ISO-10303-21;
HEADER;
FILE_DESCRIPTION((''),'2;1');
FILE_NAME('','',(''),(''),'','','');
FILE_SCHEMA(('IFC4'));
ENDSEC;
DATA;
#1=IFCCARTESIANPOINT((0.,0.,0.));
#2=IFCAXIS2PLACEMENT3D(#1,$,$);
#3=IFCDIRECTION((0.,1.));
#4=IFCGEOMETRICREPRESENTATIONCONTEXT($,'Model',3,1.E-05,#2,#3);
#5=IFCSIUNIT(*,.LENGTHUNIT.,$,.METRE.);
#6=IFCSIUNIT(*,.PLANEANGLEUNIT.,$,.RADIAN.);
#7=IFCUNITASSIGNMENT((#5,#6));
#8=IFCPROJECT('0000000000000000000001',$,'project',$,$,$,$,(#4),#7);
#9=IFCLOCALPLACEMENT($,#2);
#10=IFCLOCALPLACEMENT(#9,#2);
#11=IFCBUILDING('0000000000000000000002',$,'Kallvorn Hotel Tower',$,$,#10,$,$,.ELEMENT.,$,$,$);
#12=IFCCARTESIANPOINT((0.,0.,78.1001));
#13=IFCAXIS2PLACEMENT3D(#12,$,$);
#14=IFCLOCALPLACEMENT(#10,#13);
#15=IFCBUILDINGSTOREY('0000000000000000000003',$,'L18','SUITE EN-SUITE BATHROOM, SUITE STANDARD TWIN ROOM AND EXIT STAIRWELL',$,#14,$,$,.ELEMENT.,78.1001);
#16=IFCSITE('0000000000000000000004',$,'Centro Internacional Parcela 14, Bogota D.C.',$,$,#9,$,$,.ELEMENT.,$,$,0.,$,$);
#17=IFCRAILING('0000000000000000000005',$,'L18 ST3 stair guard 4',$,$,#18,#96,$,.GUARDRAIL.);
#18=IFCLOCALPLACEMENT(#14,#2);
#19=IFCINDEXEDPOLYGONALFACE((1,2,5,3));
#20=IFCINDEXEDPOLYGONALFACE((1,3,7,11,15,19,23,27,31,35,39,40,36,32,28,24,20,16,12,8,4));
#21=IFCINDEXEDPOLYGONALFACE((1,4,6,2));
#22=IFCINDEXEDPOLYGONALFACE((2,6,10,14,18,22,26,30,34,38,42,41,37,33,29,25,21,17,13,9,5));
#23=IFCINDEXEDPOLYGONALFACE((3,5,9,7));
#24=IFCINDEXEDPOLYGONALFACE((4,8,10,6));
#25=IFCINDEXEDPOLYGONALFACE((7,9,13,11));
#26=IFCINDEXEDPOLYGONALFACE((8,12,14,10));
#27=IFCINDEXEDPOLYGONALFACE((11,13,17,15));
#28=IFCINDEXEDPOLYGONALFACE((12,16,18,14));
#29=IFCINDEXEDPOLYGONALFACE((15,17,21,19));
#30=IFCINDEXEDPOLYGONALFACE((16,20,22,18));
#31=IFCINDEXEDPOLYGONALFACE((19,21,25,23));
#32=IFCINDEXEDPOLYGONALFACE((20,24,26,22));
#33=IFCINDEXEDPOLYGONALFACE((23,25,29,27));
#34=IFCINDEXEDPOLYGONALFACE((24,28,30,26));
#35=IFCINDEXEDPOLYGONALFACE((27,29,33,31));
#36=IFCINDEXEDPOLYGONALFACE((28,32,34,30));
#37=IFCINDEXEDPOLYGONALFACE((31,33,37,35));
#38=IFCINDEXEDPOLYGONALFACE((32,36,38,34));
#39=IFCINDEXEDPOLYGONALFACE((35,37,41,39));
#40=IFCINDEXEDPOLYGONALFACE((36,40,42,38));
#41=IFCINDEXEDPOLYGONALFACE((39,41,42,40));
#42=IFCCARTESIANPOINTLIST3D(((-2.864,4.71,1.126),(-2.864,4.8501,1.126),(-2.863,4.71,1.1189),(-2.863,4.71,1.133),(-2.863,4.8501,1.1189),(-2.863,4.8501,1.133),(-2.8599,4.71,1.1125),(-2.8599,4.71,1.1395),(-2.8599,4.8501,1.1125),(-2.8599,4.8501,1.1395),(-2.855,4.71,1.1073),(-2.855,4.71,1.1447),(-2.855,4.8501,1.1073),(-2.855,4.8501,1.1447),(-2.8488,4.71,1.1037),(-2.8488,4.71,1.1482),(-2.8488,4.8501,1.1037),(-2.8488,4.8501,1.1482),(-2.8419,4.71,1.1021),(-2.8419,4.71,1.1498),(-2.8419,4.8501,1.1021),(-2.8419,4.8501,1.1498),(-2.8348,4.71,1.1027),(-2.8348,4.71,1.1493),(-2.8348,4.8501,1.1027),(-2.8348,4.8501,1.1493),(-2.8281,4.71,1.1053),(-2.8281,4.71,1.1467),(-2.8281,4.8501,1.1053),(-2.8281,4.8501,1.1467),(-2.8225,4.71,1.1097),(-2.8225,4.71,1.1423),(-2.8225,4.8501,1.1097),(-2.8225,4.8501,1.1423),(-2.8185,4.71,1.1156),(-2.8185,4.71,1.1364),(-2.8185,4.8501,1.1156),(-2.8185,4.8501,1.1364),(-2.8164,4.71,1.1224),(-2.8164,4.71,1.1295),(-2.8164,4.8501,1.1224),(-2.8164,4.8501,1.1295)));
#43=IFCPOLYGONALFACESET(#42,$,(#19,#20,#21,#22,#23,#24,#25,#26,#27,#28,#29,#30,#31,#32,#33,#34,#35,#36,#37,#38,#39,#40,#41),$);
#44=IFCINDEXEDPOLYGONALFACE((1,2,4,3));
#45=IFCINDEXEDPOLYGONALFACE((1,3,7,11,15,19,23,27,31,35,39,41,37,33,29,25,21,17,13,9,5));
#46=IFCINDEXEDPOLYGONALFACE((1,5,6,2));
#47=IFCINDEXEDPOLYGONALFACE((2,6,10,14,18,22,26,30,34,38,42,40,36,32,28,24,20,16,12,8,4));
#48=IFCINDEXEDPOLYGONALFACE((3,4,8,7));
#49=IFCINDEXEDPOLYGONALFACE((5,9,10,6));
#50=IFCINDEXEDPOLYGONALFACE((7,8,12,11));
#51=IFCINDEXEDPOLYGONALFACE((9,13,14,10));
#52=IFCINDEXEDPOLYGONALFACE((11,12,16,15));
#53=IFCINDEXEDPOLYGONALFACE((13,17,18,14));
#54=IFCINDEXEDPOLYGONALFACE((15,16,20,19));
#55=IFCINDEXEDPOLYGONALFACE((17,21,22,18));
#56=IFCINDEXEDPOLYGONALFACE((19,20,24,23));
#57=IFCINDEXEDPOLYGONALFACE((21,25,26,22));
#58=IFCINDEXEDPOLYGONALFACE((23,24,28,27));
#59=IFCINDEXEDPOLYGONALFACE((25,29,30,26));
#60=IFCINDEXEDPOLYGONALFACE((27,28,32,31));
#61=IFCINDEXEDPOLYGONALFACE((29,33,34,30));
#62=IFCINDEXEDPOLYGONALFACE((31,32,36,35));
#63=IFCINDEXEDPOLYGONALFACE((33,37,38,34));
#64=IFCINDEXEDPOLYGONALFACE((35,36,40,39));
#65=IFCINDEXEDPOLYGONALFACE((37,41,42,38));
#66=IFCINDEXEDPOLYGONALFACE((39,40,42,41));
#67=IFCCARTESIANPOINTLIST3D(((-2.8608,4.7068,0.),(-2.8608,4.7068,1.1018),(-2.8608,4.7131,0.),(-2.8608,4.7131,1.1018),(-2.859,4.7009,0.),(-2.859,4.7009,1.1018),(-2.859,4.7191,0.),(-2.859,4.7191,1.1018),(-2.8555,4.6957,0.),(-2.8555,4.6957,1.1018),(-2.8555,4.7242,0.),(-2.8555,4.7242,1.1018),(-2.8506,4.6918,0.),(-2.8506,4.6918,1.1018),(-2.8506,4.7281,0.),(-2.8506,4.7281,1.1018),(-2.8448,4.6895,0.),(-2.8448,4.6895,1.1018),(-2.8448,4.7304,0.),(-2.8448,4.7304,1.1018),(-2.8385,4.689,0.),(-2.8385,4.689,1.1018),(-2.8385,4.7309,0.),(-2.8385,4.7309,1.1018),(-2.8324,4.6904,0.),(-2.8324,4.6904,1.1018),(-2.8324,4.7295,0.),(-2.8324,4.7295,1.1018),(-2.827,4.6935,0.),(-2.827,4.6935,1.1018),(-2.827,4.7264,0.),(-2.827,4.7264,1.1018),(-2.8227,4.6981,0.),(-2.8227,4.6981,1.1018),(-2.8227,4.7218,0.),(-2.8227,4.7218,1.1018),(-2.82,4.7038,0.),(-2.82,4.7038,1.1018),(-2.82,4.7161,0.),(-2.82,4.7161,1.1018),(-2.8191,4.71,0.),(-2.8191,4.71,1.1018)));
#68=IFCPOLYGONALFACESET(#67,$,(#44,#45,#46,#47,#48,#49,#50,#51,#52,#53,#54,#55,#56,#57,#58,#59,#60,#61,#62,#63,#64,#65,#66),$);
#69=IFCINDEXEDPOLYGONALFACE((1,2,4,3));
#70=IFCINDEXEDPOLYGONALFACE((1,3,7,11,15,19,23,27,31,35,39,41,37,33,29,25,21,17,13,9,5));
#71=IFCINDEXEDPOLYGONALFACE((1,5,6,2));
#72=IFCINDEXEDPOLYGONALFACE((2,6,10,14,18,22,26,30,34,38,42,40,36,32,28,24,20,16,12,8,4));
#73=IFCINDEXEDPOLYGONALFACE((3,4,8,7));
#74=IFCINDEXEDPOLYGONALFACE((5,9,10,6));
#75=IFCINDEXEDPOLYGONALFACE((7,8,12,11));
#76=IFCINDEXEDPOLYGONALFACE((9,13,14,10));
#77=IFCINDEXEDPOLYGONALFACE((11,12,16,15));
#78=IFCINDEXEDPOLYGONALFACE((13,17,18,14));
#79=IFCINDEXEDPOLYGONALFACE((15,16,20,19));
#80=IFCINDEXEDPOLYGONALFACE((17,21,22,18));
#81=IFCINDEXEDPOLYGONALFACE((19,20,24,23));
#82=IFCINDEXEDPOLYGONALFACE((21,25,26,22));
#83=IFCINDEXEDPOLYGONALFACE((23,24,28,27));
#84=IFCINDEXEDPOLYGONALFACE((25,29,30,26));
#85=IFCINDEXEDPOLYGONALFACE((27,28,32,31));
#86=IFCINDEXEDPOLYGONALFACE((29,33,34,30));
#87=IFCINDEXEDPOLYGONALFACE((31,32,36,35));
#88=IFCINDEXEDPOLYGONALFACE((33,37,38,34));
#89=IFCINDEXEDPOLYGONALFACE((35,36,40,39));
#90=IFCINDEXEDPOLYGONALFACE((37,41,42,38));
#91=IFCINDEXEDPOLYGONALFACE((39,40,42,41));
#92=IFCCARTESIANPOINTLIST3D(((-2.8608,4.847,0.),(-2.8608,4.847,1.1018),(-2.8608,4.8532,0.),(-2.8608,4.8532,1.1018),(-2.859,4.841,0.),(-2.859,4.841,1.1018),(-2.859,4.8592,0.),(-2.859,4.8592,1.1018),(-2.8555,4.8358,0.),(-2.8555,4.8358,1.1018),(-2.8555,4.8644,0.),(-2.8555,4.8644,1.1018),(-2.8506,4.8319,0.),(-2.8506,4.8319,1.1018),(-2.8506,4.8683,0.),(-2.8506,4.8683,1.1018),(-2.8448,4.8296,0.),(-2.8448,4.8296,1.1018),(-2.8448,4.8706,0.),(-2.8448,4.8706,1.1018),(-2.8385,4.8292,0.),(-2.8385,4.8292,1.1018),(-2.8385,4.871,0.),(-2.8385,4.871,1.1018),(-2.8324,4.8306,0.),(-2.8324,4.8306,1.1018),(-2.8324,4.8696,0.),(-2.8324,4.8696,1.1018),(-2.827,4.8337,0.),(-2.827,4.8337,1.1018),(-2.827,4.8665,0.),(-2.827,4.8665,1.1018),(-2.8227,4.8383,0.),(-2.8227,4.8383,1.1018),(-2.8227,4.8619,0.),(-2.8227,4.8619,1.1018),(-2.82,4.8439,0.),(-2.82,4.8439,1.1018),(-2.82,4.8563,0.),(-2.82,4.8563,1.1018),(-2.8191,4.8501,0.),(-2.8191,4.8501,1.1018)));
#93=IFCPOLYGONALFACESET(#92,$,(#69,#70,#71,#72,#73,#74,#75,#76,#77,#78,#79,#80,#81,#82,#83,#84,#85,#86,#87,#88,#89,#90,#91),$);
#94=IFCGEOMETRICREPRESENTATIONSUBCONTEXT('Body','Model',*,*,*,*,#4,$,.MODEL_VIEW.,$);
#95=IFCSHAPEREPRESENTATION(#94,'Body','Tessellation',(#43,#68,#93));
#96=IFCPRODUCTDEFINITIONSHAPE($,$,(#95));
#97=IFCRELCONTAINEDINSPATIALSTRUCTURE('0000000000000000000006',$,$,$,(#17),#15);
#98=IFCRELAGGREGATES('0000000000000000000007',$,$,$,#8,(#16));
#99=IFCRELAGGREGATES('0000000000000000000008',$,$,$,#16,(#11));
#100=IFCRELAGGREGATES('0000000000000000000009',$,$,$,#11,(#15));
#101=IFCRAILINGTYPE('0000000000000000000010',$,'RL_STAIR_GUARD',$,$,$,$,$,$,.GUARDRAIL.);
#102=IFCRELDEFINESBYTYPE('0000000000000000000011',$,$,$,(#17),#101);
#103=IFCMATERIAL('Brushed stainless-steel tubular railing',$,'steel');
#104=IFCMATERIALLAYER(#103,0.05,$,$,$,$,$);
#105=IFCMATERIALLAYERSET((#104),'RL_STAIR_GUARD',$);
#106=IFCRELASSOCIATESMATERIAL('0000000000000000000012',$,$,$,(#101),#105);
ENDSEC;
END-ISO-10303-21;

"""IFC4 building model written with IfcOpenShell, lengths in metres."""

from ifc_helpers import new_model, si_unit, direction, frame, origin, origin_2d, place, context, subcontext, project, spatial, circle, extrude, material, layer, layer_set, type_object, element, save


model = new_model("IFC4")

# Units and contexts
model_context = context("Model", 3, precision=1e-05, world=origin(), true_north=direction((0.0, 1.0)))
body_context = subcontext(model_context, "Body", "Model", "MODEL_VIEW")
ifc_project = project(units=[si_unit("LENGTHUNIT", "METRE"), si_unit("PLANEANGLEUNIT", "RADIAN")], contexts=[model_context])

# Site, building, storey
site_placement = place(None, origin())
site = spatial("IfcSite", under=ifc_project, at=site_placement, Name="Centro Internacional Parcela 14, Bogota D.C.", CompositionType="ELEMENT", RefElevation=0.0)
building_placement = place(site_placement, origin())
building = spatial("IfcBuilding", under=site, at=building_placement, Name="Kallvorn Hotel Tower", CompositionType="ELEMENT")
storey_placement = place(building_placement, frame((0.0, 0.0, 78.1001)))
storey = spatial("IfcBuildingStorey", under=building, at=storey_placement, Name="L18", Description="SUITE EN-SUITE BATHROOM, SUITE STANDARD TWIN ROOM AND EXIT STAIRWELL", CompositionType="ELEMENT", Elevation=78.1001)

# Railing
ifc_material_1 = material(Name="Brushed stainless-steel tubular railing", Category="steel")
ifc_layer_1 = layer(ifc_material_1, 0.05)
ifc_layer_set_1 = layer_set([ifc_layer_1], Name="RL_STAIR_GUARD")
railing_type_1 = type_object("IfcRailingType", Name="RL_STAIR_GUARD", PredefinedType="GUARDRAIL", material=ifc_layer_set_1)
railing_1_placement = place(storey_placement, frame((-2.8401, 4.71, 0.0)))
element("IfcRailing", 1, at=railing_1_placement, inside=storey, type_object=railing_type_1, Name="L18 ST3 stair guard 4", PredefinedType="GUARDRAIL", context=body_context, shape_type="SweptSolid", body=[
    extrude(circle(Radius=0.0239, at=origin_2d()), frame((0.0, 0.0, 1.126), z_axis=(0.0, 1.0, 0.0), x_axis=(-1.0, 0.0, 0.0)), (0.0, 0.0, 1.0), 0.1401),
    extrude(circle(Radius=0.021, at=origin_2d()), origin(), (0.0, 0.0, 1.0), 1.1018),
    extrude(circle(Radius=0.021, at=origin_2d()), frame((0.0, 0.1401, 0.0)), (0.0, 0.0, 1.0), 1.1018),
])

save(model, "model.ifc")
